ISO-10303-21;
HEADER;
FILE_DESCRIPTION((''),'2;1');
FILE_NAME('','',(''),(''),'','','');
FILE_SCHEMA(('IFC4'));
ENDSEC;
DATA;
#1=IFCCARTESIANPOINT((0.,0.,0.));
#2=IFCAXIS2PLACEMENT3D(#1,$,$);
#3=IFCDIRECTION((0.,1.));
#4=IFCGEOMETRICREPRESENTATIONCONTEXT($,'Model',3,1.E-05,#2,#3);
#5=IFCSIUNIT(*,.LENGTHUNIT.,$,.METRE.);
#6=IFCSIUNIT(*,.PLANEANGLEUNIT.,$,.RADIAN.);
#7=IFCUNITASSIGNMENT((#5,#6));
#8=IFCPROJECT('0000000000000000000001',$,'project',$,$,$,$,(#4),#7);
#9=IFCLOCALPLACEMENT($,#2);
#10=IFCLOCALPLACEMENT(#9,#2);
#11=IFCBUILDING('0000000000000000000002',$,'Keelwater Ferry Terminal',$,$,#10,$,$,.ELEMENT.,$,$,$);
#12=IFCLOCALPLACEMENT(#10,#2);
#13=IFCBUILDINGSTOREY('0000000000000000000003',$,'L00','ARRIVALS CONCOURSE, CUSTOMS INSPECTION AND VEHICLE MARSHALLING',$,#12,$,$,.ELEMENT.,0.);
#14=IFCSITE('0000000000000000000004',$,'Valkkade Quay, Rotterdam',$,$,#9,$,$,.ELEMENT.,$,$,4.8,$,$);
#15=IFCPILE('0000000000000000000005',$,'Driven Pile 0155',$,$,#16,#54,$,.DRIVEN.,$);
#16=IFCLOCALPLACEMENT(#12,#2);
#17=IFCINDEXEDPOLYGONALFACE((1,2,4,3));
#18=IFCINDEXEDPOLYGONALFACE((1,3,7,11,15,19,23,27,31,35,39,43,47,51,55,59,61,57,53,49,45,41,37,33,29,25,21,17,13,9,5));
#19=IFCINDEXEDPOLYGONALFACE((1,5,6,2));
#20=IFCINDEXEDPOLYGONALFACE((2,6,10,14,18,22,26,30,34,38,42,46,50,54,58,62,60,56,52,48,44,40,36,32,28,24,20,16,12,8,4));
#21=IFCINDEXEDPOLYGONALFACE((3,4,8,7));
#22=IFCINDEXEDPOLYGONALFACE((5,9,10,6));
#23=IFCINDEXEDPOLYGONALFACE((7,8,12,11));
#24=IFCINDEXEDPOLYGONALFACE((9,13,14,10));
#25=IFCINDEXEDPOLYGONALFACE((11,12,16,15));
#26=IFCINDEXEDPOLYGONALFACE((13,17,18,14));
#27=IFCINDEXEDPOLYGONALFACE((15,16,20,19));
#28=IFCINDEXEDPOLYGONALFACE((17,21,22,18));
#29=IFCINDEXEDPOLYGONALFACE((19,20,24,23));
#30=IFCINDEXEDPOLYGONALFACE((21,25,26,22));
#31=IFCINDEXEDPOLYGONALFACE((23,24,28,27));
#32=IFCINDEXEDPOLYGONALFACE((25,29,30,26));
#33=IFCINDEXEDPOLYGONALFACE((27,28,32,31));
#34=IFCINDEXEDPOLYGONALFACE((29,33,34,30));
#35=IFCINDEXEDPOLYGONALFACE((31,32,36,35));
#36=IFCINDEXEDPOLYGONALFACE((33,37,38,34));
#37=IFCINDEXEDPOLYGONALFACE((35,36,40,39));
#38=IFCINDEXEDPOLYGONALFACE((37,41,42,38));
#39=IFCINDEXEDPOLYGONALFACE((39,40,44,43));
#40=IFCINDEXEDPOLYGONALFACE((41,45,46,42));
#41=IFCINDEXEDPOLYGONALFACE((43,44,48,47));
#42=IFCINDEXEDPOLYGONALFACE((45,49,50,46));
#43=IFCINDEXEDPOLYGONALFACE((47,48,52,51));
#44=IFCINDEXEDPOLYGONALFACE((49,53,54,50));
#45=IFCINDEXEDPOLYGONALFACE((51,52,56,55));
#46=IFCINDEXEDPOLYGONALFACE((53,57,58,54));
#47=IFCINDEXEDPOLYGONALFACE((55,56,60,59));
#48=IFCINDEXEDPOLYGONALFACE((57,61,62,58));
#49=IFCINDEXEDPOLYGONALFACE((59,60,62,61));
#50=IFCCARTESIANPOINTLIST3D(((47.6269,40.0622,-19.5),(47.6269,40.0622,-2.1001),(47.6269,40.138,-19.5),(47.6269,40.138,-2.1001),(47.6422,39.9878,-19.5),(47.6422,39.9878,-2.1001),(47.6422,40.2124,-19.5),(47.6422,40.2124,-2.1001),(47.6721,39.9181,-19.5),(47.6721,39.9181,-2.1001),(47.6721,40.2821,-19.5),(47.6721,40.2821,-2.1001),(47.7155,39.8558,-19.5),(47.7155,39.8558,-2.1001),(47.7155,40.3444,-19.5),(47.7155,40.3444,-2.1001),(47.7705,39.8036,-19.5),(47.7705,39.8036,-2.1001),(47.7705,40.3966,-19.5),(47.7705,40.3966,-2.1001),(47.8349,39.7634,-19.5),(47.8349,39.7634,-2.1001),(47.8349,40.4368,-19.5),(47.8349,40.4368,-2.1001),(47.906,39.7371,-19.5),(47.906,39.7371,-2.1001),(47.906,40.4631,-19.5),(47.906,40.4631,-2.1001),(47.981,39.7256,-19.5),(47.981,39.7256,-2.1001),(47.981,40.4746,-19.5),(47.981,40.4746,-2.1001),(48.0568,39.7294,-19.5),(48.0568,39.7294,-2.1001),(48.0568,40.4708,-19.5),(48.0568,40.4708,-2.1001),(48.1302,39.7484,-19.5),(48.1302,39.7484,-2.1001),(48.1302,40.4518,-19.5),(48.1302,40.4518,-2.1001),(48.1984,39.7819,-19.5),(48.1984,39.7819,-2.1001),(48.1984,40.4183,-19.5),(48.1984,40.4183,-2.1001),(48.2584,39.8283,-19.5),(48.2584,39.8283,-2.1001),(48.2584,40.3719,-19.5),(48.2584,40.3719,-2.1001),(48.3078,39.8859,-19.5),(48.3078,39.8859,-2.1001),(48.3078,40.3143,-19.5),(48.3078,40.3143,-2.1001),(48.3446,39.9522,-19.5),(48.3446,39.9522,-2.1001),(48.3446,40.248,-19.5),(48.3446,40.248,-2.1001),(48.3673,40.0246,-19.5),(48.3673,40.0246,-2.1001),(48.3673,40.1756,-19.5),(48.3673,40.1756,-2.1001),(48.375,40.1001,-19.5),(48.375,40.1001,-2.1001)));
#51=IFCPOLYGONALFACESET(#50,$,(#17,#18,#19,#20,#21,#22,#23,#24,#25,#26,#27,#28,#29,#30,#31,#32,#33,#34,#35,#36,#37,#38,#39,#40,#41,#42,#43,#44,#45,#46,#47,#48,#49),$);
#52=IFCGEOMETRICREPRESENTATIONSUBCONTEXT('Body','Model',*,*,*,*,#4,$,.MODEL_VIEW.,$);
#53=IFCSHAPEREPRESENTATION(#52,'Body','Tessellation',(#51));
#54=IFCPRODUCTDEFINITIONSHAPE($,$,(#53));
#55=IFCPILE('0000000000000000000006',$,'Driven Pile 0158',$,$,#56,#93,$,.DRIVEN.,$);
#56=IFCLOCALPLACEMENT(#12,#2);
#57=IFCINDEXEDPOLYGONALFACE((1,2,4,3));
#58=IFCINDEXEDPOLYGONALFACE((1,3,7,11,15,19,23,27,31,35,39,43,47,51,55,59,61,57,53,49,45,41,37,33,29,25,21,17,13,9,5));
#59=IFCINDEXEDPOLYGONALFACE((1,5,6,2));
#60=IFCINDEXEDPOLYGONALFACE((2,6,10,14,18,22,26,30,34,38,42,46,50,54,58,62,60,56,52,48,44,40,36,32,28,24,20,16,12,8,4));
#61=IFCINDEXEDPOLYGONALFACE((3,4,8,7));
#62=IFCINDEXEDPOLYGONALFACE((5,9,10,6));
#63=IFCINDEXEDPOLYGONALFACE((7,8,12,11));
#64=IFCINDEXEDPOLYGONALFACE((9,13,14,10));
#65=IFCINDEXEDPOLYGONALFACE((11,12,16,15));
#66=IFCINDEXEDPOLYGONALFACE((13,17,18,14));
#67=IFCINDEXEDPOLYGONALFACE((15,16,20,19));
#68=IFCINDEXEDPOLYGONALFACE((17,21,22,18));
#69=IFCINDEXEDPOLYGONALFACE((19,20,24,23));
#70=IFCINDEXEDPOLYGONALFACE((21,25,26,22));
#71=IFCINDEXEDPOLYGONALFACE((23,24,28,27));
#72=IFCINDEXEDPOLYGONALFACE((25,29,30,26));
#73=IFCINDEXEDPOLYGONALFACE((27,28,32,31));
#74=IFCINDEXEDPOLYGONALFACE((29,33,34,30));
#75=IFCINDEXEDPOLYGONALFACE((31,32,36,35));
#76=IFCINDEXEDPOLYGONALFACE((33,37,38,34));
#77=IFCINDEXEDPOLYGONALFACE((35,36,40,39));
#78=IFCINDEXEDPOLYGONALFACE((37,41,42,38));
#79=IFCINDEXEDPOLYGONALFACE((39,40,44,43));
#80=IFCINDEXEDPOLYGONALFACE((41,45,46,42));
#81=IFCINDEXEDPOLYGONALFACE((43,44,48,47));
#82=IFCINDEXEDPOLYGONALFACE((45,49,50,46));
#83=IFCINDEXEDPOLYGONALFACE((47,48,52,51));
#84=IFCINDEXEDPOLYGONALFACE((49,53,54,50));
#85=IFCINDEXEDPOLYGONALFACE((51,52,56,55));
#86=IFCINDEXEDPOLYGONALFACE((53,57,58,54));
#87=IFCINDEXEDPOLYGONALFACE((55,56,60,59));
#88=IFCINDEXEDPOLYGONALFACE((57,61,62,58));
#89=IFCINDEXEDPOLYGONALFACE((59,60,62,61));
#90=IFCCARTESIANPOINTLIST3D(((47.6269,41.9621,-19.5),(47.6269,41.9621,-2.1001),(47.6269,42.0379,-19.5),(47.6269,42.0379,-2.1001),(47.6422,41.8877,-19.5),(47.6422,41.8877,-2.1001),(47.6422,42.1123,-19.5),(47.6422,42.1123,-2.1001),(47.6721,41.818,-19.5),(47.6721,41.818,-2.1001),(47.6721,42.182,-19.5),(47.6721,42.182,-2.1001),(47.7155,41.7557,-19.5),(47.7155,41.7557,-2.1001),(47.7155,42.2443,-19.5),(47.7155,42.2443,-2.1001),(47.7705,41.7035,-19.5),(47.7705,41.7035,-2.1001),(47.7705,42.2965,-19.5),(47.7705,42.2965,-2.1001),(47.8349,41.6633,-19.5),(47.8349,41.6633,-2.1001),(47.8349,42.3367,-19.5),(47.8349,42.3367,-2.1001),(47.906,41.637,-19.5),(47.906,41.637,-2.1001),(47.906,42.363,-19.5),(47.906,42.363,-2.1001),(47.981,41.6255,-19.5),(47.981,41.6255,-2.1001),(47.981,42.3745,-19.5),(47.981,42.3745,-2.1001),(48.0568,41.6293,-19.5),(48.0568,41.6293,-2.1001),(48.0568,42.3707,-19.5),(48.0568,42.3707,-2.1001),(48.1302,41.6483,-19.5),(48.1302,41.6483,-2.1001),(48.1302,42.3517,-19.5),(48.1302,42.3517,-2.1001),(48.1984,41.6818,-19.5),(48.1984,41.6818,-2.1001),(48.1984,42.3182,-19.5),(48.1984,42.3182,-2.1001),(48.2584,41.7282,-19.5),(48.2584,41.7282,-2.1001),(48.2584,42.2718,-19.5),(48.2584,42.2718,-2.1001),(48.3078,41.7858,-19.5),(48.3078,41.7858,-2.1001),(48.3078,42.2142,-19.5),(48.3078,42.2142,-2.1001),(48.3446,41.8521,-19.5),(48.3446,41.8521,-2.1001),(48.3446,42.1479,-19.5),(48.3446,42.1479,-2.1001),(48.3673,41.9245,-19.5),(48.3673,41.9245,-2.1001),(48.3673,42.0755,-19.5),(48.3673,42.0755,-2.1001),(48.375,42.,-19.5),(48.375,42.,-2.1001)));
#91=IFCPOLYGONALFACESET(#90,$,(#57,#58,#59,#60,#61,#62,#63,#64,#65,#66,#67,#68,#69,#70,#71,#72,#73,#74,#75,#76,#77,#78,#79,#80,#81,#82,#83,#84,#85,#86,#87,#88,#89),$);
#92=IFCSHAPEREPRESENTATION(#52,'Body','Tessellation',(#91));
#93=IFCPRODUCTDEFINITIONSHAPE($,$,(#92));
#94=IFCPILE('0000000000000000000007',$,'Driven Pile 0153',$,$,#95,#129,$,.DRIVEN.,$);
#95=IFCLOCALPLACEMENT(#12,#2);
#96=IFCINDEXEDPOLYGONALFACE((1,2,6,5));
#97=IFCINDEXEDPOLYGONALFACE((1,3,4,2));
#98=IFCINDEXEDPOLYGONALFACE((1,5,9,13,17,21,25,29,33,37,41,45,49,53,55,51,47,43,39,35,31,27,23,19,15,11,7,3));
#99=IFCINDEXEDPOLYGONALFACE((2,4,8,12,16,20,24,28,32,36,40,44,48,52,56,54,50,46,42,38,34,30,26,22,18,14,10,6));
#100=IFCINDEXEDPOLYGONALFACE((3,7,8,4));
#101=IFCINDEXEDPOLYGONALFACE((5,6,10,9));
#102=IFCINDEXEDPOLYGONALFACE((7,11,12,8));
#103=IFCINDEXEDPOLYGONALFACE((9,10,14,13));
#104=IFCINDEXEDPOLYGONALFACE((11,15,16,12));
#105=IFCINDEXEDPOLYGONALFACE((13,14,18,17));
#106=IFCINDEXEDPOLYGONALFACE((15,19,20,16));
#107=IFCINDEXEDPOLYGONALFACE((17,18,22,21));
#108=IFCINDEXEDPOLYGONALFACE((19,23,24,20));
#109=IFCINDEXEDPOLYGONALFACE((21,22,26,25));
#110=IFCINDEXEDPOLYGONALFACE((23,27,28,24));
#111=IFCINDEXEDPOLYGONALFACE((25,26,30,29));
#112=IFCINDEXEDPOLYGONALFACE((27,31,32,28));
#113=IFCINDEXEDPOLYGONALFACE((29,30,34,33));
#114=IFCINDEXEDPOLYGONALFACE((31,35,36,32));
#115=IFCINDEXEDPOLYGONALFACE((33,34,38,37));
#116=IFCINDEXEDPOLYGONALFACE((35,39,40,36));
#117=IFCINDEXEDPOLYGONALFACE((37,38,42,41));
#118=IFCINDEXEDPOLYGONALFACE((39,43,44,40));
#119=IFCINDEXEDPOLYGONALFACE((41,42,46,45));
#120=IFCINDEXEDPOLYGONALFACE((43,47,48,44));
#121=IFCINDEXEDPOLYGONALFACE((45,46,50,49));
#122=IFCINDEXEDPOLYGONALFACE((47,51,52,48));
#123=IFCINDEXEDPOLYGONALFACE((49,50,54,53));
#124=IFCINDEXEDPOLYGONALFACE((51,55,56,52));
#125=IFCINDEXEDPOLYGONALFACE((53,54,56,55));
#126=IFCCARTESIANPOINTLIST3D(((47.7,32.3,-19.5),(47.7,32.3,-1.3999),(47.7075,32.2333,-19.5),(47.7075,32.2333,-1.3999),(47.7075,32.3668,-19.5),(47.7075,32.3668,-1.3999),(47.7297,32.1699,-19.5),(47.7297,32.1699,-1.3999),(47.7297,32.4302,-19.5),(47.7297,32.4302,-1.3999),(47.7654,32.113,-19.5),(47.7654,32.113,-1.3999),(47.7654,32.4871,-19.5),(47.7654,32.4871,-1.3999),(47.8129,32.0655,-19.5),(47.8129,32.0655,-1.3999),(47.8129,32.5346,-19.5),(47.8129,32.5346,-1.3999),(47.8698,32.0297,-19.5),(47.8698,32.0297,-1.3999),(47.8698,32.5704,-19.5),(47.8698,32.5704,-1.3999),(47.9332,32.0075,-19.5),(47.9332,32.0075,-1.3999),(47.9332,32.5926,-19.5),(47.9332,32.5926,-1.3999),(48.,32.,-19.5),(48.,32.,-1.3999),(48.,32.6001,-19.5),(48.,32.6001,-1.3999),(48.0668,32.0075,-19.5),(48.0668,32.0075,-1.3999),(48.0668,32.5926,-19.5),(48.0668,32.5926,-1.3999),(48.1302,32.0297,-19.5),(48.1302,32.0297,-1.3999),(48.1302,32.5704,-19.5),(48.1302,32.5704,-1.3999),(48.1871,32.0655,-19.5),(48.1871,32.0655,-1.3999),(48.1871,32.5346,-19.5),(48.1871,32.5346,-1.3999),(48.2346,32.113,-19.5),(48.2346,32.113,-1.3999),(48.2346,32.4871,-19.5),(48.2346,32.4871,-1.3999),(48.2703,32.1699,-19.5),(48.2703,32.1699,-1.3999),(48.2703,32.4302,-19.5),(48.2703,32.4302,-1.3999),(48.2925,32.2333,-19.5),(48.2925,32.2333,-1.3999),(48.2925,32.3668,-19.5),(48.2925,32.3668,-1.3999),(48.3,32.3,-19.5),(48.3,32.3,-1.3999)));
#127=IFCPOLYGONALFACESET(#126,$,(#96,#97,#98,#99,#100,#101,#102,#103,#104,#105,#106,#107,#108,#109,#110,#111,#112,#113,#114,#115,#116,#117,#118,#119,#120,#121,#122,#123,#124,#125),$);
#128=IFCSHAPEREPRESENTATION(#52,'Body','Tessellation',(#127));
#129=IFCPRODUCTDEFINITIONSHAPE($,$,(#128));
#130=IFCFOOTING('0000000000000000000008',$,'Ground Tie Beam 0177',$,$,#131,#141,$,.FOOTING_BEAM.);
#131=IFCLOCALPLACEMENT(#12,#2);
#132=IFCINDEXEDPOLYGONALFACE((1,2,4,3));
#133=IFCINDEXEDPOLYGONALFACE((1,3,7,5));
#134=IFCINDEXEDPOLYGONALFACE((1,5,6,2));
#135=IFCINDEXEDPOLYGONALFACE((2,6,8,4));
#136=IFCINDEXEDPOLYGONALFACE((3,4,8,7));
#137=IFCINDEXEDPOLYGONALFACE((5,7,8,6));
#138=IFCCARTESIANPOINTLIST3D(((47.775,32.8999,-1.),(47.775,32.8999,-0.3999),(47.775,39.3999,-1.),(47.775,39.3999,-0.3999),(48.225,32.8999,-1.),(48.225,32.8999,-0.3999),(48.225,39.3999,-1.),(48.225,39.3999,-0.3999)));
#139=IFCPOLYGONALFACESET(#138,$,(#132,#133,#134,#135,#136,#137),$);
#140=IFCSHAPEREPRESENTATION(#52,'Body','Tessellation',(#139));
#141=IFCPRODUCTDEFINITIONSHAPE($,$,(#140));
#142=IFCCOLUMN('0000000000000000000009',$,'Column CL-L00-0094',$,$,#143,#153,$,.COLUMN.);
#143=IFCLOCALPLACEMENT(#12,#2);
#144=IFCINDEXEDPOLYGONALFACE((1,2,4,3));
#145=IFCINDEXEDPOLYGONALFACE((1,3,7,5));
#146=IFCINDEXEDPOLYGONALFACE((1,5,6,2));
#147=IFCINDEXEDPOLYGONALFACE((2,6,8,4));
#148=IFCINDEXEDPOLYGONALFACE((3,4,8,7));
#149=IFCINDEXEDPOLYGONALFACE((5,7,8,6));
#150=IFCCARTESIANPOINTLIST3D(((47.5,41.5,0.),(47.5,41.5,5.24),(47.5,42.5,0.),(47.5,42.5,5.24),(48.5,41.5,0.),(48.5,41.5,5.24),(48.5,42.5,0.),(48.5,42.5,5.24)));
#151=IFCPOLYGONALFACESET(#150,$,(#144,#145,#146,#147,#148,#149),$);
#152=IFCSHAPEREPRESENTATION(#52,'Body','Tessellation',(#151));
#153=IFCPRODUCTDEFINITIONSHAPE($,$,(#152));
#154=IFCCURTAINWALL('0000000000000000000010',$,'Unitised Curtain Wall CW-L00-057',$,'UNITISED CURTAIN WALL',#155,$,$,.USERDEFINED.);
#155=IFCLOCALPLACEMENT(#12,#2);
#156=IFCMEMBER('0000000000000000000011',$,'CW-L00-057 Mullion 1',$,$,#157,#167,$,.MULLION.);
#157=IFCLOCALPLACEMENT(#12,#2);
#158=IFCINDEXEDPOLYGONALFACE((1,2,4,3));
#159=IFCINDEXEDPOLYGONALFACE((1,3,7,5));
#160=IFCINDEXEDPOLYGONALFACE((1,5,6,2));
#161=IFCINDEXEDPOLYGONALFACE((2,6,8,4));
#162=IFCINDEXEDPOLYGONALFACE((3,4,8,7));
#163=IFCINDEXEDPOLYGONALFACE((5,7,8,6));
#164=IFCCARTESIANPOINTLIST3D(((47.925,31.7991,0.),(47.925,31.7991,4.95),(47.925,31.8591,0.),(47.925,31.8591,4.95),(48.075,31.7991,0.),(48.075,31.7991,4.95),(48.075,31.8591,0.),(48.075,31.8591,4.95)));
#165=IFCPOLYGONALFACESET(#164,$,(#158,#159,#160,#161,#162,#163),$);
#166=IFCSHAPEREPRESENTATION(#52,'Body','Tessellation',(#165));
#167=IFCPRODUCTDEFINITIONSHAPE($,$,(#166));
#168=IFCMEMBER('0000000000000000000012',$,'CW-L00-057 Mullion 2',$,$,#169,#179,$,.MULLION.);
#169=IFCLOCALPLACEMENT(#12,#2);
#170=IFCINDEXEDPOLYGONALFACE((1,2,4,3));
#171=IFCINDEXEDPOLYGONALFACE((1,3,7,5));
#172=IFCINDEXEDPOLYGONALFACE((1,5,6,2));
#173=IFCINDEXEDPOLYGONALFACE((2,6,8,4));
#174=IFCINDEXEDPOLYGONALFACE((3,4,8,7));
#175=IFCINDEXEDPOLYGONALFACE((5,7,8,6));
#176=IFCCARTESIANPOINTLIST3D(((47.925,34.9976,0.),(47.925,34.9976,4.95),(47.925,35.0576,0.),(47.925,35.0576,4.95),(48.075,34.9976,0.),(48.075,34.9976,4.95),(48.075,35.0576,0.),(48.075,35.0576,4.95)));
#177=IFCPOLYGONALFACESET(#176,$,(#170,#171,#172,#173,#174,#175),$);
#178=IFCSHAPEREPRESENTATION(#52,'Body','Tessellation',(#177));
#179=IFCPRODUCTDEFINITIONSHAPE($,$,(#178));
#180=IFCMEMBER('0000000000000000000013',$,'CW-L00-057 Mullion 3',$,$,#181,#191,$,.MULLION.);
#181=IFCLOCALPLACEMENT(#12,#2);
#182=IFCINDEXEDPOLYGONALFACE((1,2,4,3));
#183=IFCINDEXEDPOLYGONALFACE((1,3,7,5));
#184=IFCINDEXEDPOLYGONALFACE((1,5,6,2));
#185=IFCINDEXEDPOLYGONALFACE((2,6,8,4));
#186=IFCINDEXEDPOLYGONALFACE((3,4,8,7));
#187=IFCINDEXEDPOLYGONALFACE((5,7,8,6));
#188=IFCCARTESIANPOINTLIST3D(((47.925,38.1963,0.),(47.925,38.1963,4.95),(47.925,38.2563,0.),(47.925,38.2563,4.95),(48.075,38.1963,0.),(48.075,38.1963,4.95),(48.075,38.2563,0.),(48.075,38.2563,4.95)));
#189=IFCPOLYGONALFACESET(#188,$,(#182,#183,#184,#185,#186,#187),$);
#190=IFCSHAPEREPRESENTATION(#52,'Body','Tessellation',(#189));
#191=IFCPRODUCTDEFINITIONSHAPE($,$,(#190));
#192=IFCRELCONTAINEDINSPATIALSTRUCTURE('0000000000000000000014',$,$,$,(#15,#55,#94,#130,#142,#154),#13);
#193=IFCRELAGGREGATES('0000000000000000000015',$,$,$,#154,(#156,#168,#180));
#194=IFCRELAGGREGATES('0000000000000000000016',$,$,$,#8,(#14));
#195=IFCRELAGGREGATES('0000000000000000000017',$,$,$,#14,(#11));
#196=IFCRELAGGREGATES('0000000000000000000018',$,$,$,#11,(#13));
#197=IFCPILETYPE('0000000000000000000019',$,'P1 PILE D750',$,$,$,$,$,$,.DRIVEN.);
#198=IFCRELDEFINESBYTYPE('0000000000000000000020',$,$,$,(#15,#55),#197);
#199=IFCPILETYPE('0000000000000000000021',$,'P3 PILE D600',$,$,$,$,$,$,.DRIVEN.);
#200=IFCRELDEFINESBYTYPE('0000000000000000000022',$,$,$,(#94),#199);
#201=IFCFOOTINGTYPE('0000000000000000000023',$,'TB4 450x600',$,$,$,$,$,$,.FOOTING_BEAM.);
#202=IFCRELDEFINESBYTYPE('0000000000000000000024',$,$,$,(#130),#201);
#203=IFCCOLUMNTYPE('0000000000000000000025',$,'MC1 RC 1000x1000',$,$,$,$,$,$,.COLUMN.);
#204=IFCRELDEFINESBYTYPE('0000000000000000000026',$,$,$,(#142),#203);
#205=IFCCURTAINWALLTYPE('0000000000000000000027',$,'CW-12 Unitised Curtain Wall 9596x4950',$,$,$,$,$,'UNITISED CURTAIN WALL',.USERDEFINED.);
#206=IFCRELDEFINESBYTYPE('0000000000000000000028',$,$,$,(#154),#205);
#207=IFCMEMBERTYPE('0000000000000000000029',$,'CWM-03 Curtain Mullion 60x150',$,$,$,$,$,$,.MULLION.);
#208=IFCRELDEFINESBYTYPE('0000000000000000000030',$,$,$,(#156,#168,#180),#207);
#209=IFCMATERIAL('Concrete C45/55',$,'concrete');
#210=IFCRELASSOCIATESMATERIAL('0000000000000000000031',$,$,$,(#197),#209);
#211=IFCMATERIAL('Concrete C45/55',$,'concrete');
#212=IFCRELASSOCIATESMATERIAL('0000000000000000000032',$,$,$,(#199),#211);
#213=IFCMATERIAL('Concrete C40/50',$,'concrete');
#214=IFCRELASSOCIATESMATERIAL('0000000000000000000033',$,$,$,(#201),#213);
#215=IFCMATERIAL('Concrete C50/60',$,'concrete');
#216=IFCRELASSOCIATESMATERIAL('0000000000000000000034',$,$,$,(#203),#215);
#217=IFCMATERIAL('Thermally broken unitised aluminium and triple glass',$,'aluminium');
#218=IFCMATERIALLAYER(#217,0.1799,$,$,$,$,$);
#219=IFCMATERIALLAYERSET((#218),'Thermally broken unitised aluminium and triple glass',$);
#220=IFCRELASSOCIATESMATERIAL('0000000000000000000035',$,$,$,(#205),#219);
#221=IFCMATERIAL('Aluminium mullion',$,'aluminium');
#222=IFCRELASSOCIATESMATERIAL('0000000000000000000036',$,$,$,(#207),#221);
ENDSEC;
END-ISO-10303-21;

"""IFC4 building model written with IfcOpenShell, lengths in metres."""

from ifc_helpers import new_model, si_unit, direction, frame, origin, origin_2d, place, context, subcontext, project, spatial, rectangle, circle, extrude, material, layer, layer_set, material_profile, profile_set, type_object, element, aggregate, save


model = new_model("IFC4")

# Units and contexts
model_context = context("Model", 3, precision=1e-05, world=origin(), true_north=direction((0.0, 1.0)))
body_context = subcontext(model_context, "Body", "Model", "MODEL_VIEW")
ifc_project = project(units=[si_unit("LENGTHUNIT", "METRE"), si_unit("PLANEANGLEUNIT", "RADIAN")], contexts=[model_context])

# Site, building, storey
site_placement = place(None, origin())
site = spatial("IfcSite", under=ifc_project, at=site_placement, Name="Valkkade Quay, Rotterdam", CompositionType="ELEMENT", RefElevation=4.8)
building_placement = place(site_placement, origin())
building = spatial("IfcBuilding", under=site, at=building_placement, Name="Keelwater Ferry Terminal", CompositionType="ELEMENT")
storey_placement = place(building_placement, origin())
storey = spatial("IfcBuildingStorey", under=building, at=storey_placement, Name="L00", Description="ARRIVALS CONCOURSE, CUSTOMS INSPECTION AND VEHICLE MARSHALLING", CompositionType="ELEMENT", Elevation=0.0)

# Piles
ifc_material_1 = material(Name="Concrete C45/55", Category="concrete")
ifc_material_profile_1 = material_profile(ifc_material_1, circle(Radius=0.375, at=origin_2d()), Name="PILE D750")
ifc_profile_set_1 = profile_set([ifc_material_profile_1], Name="Concrete C45/55")
pile_type_1 = type_object("IfcPileType", Name="P1 PILE D750", PredefinedType="DRIVEN", material=ifc_profile_set_1)
for number, where, z_axis, x_axis, name in (
    (1, (48.0, 40.1001, -2.1001), (0.0, 0.0, -1.0), (1.0, 0.0, 0.0), "Driven Pile 0155"),
    (2, (48.0, 42.0, -2.1001), (0.0, 0.0, -1.0), (1.0, 0.0, 0.0), "Driven Pile 0158"),
):
    element("IfcPile", number, at=place(storey_placement, frame(where, z_axis=z_axis, x_axis=x_axis)), inside=storey, type_object=pile_type_1, Name=name, PredefinedType="DRIVEN", context=body_context, shape_type="SweptSolid", body=[
        extrude(circle(Radius=0.375, at=origin_2d()), origin(), (0.0, 0.0, 1.0), 17.3999),
    ])
ifc_material_2 = material(Name="Concrete C45/55", Category="concrete")
ifc_material_profile_2 = material_profile(ifc_material_2, circle(Radius=0.3, at=origin_2d()), Name="PILE D600")
ifc_profile_set_2 = profile_set([ifc_material_profile_2], Name="Concrete C45/55")
pile_type_2 = type_object("IfcPileType", Name="P3 PILE D600", PredefinedType="DRIVEN", material=ifc_profile_set_2)
pile_placement = place(storey_placement, frame((48.0, 32.3, -1.3999), z_axis=(0.0, 0.0, -1.0), x_axis=(1.0, 0.0, 0.0)))
element("IfcPile", 3, at=pile_placement, inside=storey, type_object=pile_type_2, Name="Driven Pile 0153", PredefinedType="DRIVEN", context=body_context, shape_type="SweptSolid", body=[
    extrude(circle(Radius=0.3, at=origin_2d()), origin(), (0.0, 0.0, 1.0), 18.1001),
])

# Footing
ifc_material_3 = material(Name="Concrete C40/50", Category="concrete")
ifc_material_profile_3 = material_profile(ifc_material_3, rectangle(XDim=0.45, YDim=0.6001, at=origin_2d()), Name="TB 450x600")
ifc_profile_set_3 = profile_set([ifc_material_profile_3], Name="Concrete C40/50")
footing_type = type_object("IfcFootingType", Name="TB4 450x600", PredefinedType="FOOTING_BEAM", material=ifc_profile_set_3)
footing_placement = place(storey_placement, frame((48.0, 32.8999, -0.7), z_axis=(0.0, 1.0, 0.0), x_axis=(-1.0, 0.0, 0.0)))
element("IfcFooting", 4, at=footing_placement, inside=storey, type_object=footing_type, Name="Ground Tie Beam 0177", PredefinedType="FOOTING_BEAM", context=body_context, shape_type="SweptSolid", body=[
    extrude(rectangle(XDim=0.45, YDim=0.6001, at=origin_2d()), origin(), (0.0, 0.0, 1.0), 6.5),
])

# Column
ifc_material_4 = material(Name="Concrete C50/60", Category="concrete")
ifc_material_profile_4 = material_profile(ifc_material_4, rectangle(XDim=1.0, YDim=1.0, at=origin_2d()), Name="RC 1000x1000")
ifc_profile_set_4 = profile_set([ifc_material_profile_4], Name="Concrete C50/60")
column_type = type_object("IfcColumnType", Name="MC1 RC 1000x1000", PredefinedType="COLUMN", material=ifc_profile_set_4)
column_placement = place(storey_placement, frame((48.0, 42.0, 0.0), z_axis=(0.0, 0.0, 1.0), x_axis=(1.0, 0.0, 0.0)))
element("IfcColumn", 5, at=column_placement, inside=storey, type_object=column_type, Name="Column CL-L00-0094", PredefinedType="COLUMN", context=body_context, shape_type="SweptSolid", body=[
    extrude(rectangle(XDim=1.0, YDim=1.0, at=origin_2d()), origin(), (0.0, 0.0, 1.0), 5.24),
])

# Curtain wall, members
ifc_material_5 = material(Name="Thermally broken unitised aluminium and triple glass", Category="aluminium")
ifc_layer_1 = layer(ifc_material_5, 0.1799)
ifc_layer_set_1 = layer_set([ifc_layer_1], Name="Thermally broken unitised aluminium and triple glass")
curtain_wall_type = type_object("IfcCurtainWallType", Name="CW-12 Unitised Curtain Wall 9596x4950", ElementType="UNITISED CURTAIN WALL", PredefinedType="USERDEFINED", material=ifc_layer_set_1)
curtain_wall_placement = place(storey_placement, origin())
curtain_wall = element("IfcCurtainWall", 6, at=curtain_wall_placement, inside=storey, type_object=curtain_wall_type, Name="Unitised Curtain Wall CW-L00-057", ObjectType="UNITISED CURTAIN WALL", PredefinedType="USERDEFINED")
ifc_material_6 = material(Name="Aluminium mullion", Category="aluminium")
ifc_material_profile_5 = material_profile(ifc_material_6, rectangle(XDim=0.0601, YDim=0.1499, at=origin_2d()), Name="CWM-03")
ifc_profile_set_5 = profile_set([ifc_material_profile_5], Name="Aluminium mullion")
member_type_1 = type_object("IfcMemberType", Name="CWM-03 Curtain Mullion 60x150", PredefinedType="MULLION", material=ifc_profile_set_5)
member_1_placement = place(storey_placement, frame((48.0, 31.8291, 0.0), z_axis=(0.0, 0.0, 1.0), x_axis=(0.0, 1.0, 0.0)))
member_1 = element("IfcMember", 7, at=member_1_placement, type_object=member_type_1, Name="CW-L00-057 Mullion 1", PredefinedType="MULLION", context=body_context, shape_type="SweptSolid", body=[
    extrude(rectangle(XDim=0.0601, YDim=0.1499, at=origin_2d()), origin(), (0.0, 0.0, 1.0), 4.95),
])
member_2_placement = place(storey_placement, frame((48.0, 35.0276, 0.0), z_axis=(0.0, 0.0, 1.0), x_axis=(0.0, 1.0, 0.0)))
member_2 = element("IfcMember", 8, at=member_2_placement, type_object=member_type_1, Name="CW-L00-057 Mullion 2", PredefinedType="MULLION", context=body_context, shape_type="SweptSolid", body=[
    extrude(rectangle(XDim=0.0601, YDim=0.1499, at=origin_2d()), origin(), (0.0, 0.0, 1.0), 4.95),
])
member_3_placement = place(storey_placement, frame((48.0, 38.2263, 0.0), z_axis=(0.0, 0.0, 1.0), x_axis=(0.0, 1.0, 0.0)))
member_3 = element("IfcMember", 9, at=member_3_placement, type_object=member_type_1, Name="CW-L00-057 Mullion 3", PredefinedType="MULLION", context=body_context, shape_type="SweptSolid", body=[
    extrude(rectangle(XDim=0.0601, YDim=0.1499, at=origin_2d()), origin(), (0.0, 0.0, 1.0), 4.95),
])

aggregate(curtain_wall, [member_1, member_2, member_3])

save(model, "model.ifc")
